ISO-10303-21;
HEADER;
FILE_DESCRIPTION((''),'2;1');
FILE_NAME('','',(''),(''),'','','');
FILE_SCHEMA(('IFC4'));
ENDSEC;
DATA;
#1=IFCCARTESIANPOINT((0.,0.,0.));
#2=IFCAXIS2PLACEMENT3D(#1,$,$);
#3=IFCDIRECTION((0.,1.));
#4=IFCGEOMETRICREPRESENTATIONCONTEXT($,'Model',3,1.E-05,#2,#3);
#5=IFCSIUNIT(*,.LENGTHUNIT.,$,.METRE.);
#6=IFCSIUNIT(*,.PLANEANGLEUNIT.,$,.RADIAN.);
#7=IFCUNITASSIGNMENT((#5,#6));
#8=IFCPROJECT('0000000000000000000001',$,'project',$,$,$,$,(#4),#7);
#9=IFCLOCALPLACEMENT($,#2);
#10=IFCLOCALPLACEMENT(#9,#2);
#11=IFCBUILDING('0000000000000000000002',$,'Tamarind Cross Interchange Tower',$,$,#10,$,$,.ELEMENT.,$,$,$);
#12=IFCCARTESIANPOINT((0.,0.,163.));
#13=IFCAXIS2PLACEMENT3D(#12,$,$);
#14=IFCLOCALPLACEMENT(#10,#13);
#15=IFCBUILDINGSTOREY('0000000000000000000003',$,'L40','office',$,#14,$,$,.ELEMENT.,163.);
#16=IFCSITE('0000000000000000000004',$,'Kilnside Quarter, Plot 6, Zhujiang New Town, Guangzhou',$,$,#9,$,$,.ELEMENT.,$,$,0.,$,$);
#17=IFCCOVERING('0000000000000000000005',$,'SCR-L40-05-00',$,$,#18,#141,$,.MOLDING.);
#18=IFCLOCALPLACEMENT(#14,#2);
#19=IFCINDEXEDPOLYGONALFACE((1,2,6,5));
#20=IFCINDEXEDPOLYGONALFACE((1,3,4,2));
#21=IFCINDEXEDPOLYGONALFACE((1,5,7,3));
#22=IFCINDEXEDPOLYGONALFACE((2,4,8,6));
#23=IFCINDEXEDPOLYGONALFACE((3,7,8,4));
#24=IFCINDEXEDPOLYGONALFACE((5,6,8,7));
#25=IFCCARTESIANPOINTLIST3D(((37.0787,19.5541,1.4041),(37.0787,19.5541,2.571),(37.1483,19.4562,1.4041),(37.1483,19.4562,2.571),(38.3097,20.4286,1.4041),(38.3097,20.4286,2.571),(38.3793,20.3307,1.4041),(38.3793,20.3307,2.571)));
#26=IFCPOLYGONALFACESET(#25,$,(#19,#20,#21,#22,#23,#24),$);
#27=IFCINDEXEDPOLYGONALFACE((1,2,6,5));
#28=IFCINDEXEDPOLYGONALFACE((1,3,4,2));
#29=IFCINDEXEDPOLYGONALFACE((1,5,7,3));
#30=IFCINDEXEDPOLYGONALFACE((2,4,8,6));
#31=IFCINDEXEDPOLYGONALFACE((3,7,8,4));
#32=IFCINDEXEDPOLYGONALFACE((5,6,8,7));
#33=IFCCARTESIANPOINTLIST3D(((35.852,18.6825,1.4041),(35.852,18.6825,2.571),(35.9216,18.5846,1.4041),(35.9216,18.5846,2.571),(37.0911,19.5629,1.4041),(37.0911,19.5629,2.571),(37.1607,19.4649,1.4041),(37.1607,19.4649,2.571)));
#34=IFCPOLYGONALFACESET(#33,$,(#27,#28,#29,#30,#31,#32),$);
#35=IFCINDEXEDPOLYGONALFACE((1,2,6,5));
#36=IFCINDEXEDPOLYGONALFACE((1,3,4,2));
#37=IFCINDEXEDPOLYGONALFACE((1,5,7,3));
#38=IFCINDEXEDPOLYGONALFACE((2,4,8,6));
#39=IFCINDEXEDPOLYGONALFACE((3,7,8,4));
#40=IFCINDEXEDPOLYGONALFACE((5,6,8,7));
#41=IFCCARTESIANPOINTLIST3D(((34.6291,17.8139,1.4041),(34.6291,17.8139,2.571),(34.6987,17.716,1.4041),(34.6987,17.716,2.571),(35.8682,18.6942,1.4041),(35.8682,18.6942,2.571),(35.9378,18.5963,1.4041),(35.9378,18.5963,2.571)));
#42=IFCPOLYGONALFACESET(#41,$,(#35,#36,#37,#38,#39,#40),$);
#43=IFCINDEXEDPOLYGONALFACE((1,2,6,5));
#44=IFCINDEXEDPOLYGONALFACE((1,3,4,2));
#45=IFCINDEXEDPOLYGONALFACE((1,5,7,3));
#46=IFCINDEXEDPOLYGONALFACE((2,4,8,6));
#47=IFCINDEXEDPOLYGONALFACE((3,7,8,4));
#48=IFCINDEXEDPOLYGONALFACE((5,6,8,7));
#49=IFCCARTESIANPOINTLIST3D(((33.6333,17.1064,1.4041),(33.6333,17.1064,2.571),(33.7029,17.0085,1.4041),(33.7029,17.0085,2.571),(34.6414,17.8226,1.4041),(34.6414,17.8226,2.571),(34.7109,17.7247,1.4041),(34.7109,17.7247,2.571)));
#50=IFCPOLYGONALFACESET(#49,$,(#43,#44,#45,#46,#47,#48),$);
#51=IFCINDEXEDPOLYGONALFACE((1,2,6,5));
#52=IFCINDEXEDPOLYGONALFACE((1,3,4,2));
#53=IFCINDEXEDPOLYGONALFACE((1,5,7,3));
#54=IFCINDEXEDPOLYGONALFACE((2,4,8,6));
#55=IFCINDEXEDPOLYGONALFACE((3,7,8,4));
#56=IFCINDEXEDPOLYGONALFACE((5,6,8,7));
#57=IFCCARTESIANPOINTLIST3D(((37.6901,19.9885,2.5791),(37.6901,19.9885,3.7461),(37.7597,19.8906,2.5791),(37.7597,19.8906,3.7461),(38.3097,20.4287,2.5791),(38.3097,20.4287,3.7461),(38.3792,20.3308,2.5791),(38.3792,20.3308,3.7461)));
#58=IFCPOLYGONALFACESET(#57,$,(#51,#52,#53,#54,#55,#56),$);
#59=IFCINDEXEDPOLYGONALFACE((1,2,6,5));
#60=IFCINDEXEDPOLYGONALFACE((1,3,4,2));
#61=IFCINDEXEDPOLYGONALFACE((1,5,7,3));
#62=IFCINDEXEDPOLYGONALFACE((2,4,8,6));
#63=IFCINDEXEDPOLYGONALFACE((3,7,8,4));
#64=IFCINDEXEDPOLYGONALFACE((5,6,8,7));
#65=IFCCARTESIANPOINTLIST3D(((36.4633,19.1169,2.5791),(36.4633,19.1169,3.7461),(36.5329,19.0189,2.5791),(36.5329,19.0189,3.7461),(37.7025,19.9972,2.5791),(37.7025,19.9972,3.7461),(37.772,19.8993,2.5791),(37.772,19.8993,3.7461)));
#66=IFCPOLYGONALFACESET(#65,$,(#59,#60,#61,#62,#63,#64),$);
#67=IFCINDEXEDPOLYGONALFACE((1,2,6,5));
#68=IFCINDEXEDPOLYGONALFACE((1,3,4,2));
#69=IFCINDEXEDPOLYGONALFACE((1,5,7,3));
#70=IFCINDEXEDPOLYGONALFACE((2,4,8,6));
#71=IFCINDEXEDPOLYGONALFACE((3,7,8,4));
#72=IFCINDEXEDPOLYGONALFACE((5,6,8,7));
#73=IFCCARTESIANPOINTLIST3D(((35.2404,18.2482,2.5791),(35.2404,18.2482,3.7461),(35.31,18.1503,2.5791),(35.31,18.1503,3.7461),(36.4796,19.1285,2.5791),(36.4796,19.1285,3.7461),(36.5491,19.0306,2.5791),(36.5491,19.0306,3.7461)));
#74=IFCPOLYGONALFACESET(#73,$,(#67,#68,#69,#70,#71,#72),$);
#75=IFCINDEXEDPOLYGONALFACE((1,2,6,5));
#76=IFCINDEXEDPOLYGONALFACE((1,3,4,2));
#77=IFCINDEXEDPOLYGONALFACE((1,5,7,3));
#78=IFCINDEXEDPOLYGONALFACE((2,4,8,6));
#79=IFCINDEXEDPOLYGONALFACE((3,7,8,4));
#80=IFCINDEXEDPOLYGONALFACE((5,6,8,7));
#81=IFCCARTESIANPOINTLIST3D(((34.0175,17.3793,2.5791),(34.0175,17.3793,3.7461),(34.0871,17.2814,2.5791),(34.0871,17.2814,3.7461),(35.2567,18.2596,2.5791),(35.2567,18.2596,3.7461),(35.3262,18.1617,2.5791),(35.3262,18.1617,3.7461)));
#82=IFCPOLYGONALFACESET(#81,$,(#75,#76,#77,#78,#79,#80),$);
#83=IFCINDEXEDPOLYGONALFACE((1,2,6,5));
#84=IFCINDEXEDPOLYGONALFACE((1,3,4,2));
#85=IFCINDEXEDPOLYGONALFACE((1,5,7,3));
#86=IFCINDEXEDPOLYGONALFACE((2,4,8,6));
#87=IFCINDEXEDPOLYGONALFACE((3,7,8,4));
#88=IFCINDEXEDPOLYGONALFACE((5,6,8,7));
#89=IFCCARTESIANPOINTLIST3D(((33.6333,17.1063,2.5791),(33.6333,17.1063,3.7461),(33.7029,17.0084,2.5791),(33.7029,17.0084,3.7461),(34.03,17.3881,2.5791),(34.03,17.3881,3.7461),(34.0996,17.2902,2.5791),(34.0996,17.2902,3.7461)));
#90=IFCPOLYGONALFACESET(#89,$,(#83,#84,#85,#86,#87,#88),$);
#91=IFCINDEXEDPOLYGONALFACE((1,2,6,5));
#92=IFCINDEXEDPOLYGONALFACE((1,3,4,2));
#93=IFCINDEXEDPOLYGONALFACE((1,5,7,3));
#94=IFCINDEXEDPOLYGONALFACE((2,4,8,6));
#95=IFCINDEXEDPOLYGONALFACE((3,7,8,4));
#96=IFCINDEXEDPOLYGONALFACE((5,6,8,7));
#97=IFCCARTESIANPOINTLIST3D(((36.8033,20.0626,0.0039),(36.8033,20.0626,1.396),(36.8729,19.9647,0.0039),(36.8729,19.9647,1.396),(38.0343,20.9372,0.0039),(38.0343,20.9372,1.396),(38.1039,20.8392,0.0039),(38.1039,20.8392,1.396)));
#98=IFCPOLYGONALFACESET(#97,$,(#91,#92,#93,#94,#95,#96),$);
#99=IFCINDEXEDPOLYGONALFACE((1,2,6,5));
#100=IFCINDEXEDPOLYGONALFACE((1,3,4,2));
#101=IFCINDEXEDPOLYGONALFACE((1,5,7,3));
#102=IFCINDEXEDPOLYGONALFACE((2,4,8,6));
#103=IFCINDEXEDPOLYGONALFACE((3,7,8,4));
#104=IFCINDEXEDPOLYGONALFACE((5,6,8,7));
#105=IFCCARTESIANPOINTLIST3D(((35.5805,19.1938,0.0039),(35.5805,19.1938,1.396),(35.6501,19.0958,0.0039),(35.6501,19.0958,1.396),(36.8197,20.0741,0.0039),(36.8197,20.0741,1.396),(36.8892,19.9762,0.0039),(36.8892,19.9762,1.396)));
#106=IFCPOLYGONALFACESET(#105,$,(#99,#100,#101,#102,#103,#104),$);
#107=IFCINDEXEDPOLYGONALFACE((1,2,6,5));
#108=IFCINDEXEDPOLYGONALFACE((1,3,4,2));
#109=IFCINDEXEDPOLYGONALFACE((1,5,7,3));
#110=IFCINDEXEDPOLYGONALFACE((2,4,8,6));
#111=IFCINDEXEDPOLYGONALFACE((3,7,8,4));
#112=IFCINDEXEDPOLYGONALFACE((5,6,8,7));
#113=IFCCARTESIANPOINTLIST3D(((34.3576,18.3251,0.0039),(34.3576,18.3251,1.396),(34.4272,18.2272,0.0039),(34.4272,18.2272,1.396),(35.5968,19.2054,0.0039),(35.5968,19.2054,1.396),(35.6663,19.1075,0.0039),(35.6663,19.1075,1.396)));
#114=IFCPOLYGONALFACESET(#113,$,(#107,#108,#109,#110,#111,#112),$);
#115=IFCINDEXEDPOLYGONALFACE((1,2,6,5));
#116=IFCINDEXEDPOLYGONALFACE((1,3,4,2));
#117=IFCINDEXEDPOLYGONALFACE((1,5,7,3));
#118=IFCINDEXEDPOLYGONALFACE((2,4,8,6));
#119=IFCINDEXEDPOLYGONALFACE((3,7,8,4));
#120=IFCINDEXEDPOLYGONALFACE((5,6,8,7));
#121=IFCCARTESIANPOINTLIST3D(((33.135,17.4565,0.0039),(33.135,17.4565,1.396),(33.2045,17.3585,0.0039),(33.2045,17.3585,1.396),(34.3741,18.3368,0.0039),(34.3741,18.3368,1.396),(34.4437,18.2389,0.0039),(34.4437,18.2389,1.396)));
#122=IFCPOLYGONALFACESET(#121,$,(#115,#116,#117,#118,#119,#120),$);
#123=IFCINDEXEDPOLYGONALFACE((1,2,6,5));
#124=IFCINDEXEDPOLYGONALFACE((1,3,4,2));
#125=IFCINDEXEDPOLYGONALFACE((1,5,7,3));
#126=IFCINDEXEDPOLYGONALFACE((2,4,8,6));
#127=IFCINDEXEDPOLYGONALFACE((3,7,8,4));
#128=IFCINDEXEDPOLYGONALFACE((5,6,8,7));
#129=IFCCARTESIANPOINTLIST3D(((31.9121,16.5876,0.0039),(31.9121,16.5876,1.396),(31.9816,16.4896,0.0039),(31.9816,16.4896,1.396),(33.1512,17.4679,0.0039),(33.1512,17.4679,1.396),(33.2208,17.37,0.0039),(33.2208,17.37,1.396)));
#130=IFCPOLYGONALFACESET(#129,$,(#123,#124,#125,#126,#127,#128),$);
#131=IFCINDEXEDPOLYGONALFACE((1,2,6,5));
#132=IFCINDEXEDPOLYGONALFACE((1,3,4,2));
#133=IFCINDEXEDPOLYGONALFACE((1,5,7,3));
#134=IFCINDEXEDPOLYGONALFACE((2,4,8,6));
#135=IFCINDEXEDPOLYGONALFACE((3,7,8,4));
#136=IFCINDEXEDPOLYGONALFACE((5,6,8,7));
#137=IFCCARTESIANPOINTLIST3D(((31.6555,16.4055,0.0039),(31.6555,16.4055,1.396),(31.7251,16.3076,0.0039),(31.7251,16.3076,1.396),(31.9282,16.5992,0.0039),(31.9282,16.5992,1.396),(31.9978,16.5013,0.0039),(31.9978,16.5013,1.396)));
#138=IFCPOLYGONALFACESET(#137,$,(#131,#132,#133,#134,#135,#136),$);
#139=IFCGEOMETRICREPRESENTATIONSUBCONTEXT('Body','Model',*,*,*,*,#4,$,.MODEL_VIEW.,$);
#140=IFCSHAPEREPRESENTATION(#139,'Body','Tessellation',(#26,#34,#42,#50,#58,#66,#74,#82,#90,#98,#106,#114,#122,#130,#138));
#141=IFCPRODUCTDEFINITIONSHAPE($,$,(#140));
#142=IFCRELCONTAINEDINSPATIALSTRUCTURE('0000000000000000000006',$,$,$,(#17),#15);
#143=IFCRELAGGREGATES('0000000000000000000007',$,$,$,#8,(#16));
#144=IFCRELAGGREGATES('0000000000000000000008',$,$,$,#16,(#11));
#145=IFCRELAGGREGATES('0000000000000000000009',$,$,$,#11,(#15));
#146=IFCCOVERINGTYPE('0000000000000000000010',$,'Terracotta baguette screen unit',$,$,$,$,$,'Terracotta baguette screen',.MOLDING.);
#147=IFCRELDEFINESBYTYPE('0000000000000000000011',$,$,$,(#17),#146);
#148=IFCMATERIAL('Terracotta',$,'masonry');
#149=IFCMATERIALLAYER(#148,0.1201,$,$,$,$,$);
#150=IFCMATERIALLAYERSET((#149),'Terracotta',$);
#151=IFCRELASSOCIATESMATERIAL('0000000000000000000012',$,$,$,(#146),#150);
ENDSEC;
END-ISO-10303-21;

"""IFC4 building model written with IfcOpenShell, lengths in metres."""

from ifc_helpers import new_model, si_unit, direction, frame, origin, origin_2d, place, context, subcontext, project, spatial, rectangle, extrude, material, layer, layer_set, type_object, element, save


model = new_model("IFC4")

# Units and contexts
model_context = context("Model", 3, precision=1e-05, world=origin(), true_north=direction((0.0, 1.0)))
body_context = subcontext(model_context, "Body", "Model", "MODEL_VIEW")
ifc_project = project(units=[si_unit("LENGTHUNIT", "METRE"), si_unit("PLANEANGLEUNIT", "RADIAN")], contexts=[model_context])

# Site, building, storey
site_placement = place(None, origin())
site = spatial("IfcSite", under=ifc_project, at=site_placement, Name="Kilnside Quarter, Plot 6, Zhujiang New Town, Guangzhou", CompositionType="ELEMENT", RefElevation=0.0)
building_placement = place(site_placement, origin())
building = spatial("IfcBuilding", under=site, at=building_placement, Name="Tamarind Cross Interchange Tower", CompositionType="ELEMENT")
storey_placement = place(building_placement, frame((0.0, 0.0, 163.0)))
storey = spatial("IfcBuildingStorey", under=building, at=storey_placement, Name="L40", Description="office", CompositionType="ELEMENT", Elevation=163.0)

# Covering
ifc_material_1 = material(Name="Terracotta", Category="masonry")
ifc_layer_1 = layer(ifc_material_1, 0.1201)
ifc_layer_set_1 = layer_set([ifc_layer_1], Name="Terracotta")
covering_type = type_object("IfcCoveringType", Name="Terracotta baguette screen unit", ElementType="Terracotta baguette screen", PredefinedType="MOLDING", material=ifc_layer_set_1)
covering_1_placement = place(storey_placement, origin())
element("IfcCovering", 1, at=covering_1_placement, inside=storey, type_object=covering_type, Name="SCR-L40-05-00", PredefinedType="MOLDING", context=body_context, shape_type="SweptSolid", body=[
    extrude(rectangle(XDim=1.51, YDim=0.1201, at=origin_2d()), frame((37.729, 19.9424, 1.4041), z_axis=(0.0, 0.0, 1.0), x_axis=(-0.815215, -0.579159, 0.0)), (0.0, 0.0, 1.0), 1.167),
    extrude(rectangle(XDim=1.52, YDim=0.1201, at=origin_2d()), frame((36.5063, 19.0737, 1.4041), z_axis=(0.0, 0.0, 1.0), x_axis=(-0.815215, -0.579159, 0.0)), (0.0, 0.0, 1.0), 1.167),
    extrude(rectangle(XDim=1.52, YDim=0.1201, at=origin_2d()), frame((35.2834, 18.2051, 1.4041), z_axis=(0.0, 0.0, 1.0), x_axis=(-0.815215, -0.579159, 0.0)), (0.0, 0.0, 1.0), 1.167),
    extrude(rectangle(XDim=1.2366, YDim=0.1201, at=origin_2d()), frame((34.1721, 17.4155, 1.4041), z_axis=(0.0, 0.0, 1.0), x_axis=(-0.815215, -0.579159, 0.0)), (0.0, 0.0, 1.0), 1.167),
    extrude(rectangle(XDim=0.76, YDim=0.1201, at=origin_2d()), frame((38.0347, 20.1597, 2.5791), z_axis=(0.0, 0.0, 1.0), x_axis=(-0.815215, -0.579159, 0.0)), (0.0, 0.0, 1.0), 1.167),
    extrude(rectangle(XDim=1.52, YDim=0.1201, at=origin_2d()), frame((37.1177, 19.5081, 2.5791), z_axis=(0.0, 0.0, 1.0), x_axis=(-0.815215, -0.579159, 0.0)), (0.0, 0.0, 1.0), 1.167),
    extrude(rectangle(XDim=1.52, YDim=0.1201, at=origin_2d()), frame((35.8948, 18.6394, 2.5791), z_axis=(0.0, 0.0, 1.0), x_axis=(-0.815215, -0.579159, 0.0)), (0.0, 0.0, 1.0), 1.167),
    extrude(rectangle(XDim=1.52, YDim=0.1201, at=origin_2d()), frame((34.6719, 17.7705, 2.5791), z_axis=(0.0, 0.0, 1.0), x_axis=(-0.815215, -0.579159, 0.0)), (0.0, 0.0, 1.0), 1.167),
    extrude(rectangle(XDim=0.4866, YDim=0.1201, at=origin_2d()), frame((33.8665, 17.1982, 2.5791), z_axis=(0.0, 0.0, 1.0), x_axis=(-0.815215, -0.579159, 0.0)), (0.0, 0.0, 1.0), 1.167),
    extrude(rectangle(XDim=1.51, YDim=0.1201, at=origin_2d()), frame((37.4536, 20.4509, 0.0039), z_axis=(0.0, 0.0, 1.0), x_axis=(-0.815215, -0.579159, 0.0)), (0.0, 0.0, 1.0), 1.3921),
    extrude(rectangle(XDim=1.52, YDim=0.1201, at=origin_2d()), frame((36.2349, 19.585, 0.0039), z_axis=(0.0, 0.0, 1.0), x_axis=(-0.815215, -0.579159, 0.0)), (0.0, 0.0, 1.0), 1.3921),
    extrude(rectangle(XDim=1.52, YDim=0.1201, at=origin_2d()), frame((35.012, 18.7163, 0.0039), z_axis=(0.0, 0.0, 1.0), x_axis=(-0.815215, -0.579159, 0.0)), (0.0, 0.0, 1.0), 1.3921),
    extrude(rectangle(XDim=1.52, YDim=0.1201, at=origin_2d()), frame((33.7893, 17.8477, 0.0039), z_axis=(0.0, 0.0, 1.0), x_axis=(-0.815215, -0.579159, 0.0)), (0.0, 0.0, 1.0), 1.3921),
    extrude(rectangle(XDim=1.52, YDim=0.1201, at=origin_2d()), frame((32.5664, 16.9788, 0.0039), z_axis=(0.0, 0.0, 1.0), x_axis=(-0.815215, -0.579159, 0.0)), (0.0, 0.0, 1.0), 1.3921),
    extrude(rectangle(XDim=0.3345, YDim=0.1201, at=origin_2d()), frame((31.8267, 16.4534, 0.0039), z_axis=(0.0, 0.0, 1.0), x_axis=(-0.815215, -0.579159, 0.0)), (0.0, 0.0, 1.0), 1.3921),
])

save(model, "model.ifc")
